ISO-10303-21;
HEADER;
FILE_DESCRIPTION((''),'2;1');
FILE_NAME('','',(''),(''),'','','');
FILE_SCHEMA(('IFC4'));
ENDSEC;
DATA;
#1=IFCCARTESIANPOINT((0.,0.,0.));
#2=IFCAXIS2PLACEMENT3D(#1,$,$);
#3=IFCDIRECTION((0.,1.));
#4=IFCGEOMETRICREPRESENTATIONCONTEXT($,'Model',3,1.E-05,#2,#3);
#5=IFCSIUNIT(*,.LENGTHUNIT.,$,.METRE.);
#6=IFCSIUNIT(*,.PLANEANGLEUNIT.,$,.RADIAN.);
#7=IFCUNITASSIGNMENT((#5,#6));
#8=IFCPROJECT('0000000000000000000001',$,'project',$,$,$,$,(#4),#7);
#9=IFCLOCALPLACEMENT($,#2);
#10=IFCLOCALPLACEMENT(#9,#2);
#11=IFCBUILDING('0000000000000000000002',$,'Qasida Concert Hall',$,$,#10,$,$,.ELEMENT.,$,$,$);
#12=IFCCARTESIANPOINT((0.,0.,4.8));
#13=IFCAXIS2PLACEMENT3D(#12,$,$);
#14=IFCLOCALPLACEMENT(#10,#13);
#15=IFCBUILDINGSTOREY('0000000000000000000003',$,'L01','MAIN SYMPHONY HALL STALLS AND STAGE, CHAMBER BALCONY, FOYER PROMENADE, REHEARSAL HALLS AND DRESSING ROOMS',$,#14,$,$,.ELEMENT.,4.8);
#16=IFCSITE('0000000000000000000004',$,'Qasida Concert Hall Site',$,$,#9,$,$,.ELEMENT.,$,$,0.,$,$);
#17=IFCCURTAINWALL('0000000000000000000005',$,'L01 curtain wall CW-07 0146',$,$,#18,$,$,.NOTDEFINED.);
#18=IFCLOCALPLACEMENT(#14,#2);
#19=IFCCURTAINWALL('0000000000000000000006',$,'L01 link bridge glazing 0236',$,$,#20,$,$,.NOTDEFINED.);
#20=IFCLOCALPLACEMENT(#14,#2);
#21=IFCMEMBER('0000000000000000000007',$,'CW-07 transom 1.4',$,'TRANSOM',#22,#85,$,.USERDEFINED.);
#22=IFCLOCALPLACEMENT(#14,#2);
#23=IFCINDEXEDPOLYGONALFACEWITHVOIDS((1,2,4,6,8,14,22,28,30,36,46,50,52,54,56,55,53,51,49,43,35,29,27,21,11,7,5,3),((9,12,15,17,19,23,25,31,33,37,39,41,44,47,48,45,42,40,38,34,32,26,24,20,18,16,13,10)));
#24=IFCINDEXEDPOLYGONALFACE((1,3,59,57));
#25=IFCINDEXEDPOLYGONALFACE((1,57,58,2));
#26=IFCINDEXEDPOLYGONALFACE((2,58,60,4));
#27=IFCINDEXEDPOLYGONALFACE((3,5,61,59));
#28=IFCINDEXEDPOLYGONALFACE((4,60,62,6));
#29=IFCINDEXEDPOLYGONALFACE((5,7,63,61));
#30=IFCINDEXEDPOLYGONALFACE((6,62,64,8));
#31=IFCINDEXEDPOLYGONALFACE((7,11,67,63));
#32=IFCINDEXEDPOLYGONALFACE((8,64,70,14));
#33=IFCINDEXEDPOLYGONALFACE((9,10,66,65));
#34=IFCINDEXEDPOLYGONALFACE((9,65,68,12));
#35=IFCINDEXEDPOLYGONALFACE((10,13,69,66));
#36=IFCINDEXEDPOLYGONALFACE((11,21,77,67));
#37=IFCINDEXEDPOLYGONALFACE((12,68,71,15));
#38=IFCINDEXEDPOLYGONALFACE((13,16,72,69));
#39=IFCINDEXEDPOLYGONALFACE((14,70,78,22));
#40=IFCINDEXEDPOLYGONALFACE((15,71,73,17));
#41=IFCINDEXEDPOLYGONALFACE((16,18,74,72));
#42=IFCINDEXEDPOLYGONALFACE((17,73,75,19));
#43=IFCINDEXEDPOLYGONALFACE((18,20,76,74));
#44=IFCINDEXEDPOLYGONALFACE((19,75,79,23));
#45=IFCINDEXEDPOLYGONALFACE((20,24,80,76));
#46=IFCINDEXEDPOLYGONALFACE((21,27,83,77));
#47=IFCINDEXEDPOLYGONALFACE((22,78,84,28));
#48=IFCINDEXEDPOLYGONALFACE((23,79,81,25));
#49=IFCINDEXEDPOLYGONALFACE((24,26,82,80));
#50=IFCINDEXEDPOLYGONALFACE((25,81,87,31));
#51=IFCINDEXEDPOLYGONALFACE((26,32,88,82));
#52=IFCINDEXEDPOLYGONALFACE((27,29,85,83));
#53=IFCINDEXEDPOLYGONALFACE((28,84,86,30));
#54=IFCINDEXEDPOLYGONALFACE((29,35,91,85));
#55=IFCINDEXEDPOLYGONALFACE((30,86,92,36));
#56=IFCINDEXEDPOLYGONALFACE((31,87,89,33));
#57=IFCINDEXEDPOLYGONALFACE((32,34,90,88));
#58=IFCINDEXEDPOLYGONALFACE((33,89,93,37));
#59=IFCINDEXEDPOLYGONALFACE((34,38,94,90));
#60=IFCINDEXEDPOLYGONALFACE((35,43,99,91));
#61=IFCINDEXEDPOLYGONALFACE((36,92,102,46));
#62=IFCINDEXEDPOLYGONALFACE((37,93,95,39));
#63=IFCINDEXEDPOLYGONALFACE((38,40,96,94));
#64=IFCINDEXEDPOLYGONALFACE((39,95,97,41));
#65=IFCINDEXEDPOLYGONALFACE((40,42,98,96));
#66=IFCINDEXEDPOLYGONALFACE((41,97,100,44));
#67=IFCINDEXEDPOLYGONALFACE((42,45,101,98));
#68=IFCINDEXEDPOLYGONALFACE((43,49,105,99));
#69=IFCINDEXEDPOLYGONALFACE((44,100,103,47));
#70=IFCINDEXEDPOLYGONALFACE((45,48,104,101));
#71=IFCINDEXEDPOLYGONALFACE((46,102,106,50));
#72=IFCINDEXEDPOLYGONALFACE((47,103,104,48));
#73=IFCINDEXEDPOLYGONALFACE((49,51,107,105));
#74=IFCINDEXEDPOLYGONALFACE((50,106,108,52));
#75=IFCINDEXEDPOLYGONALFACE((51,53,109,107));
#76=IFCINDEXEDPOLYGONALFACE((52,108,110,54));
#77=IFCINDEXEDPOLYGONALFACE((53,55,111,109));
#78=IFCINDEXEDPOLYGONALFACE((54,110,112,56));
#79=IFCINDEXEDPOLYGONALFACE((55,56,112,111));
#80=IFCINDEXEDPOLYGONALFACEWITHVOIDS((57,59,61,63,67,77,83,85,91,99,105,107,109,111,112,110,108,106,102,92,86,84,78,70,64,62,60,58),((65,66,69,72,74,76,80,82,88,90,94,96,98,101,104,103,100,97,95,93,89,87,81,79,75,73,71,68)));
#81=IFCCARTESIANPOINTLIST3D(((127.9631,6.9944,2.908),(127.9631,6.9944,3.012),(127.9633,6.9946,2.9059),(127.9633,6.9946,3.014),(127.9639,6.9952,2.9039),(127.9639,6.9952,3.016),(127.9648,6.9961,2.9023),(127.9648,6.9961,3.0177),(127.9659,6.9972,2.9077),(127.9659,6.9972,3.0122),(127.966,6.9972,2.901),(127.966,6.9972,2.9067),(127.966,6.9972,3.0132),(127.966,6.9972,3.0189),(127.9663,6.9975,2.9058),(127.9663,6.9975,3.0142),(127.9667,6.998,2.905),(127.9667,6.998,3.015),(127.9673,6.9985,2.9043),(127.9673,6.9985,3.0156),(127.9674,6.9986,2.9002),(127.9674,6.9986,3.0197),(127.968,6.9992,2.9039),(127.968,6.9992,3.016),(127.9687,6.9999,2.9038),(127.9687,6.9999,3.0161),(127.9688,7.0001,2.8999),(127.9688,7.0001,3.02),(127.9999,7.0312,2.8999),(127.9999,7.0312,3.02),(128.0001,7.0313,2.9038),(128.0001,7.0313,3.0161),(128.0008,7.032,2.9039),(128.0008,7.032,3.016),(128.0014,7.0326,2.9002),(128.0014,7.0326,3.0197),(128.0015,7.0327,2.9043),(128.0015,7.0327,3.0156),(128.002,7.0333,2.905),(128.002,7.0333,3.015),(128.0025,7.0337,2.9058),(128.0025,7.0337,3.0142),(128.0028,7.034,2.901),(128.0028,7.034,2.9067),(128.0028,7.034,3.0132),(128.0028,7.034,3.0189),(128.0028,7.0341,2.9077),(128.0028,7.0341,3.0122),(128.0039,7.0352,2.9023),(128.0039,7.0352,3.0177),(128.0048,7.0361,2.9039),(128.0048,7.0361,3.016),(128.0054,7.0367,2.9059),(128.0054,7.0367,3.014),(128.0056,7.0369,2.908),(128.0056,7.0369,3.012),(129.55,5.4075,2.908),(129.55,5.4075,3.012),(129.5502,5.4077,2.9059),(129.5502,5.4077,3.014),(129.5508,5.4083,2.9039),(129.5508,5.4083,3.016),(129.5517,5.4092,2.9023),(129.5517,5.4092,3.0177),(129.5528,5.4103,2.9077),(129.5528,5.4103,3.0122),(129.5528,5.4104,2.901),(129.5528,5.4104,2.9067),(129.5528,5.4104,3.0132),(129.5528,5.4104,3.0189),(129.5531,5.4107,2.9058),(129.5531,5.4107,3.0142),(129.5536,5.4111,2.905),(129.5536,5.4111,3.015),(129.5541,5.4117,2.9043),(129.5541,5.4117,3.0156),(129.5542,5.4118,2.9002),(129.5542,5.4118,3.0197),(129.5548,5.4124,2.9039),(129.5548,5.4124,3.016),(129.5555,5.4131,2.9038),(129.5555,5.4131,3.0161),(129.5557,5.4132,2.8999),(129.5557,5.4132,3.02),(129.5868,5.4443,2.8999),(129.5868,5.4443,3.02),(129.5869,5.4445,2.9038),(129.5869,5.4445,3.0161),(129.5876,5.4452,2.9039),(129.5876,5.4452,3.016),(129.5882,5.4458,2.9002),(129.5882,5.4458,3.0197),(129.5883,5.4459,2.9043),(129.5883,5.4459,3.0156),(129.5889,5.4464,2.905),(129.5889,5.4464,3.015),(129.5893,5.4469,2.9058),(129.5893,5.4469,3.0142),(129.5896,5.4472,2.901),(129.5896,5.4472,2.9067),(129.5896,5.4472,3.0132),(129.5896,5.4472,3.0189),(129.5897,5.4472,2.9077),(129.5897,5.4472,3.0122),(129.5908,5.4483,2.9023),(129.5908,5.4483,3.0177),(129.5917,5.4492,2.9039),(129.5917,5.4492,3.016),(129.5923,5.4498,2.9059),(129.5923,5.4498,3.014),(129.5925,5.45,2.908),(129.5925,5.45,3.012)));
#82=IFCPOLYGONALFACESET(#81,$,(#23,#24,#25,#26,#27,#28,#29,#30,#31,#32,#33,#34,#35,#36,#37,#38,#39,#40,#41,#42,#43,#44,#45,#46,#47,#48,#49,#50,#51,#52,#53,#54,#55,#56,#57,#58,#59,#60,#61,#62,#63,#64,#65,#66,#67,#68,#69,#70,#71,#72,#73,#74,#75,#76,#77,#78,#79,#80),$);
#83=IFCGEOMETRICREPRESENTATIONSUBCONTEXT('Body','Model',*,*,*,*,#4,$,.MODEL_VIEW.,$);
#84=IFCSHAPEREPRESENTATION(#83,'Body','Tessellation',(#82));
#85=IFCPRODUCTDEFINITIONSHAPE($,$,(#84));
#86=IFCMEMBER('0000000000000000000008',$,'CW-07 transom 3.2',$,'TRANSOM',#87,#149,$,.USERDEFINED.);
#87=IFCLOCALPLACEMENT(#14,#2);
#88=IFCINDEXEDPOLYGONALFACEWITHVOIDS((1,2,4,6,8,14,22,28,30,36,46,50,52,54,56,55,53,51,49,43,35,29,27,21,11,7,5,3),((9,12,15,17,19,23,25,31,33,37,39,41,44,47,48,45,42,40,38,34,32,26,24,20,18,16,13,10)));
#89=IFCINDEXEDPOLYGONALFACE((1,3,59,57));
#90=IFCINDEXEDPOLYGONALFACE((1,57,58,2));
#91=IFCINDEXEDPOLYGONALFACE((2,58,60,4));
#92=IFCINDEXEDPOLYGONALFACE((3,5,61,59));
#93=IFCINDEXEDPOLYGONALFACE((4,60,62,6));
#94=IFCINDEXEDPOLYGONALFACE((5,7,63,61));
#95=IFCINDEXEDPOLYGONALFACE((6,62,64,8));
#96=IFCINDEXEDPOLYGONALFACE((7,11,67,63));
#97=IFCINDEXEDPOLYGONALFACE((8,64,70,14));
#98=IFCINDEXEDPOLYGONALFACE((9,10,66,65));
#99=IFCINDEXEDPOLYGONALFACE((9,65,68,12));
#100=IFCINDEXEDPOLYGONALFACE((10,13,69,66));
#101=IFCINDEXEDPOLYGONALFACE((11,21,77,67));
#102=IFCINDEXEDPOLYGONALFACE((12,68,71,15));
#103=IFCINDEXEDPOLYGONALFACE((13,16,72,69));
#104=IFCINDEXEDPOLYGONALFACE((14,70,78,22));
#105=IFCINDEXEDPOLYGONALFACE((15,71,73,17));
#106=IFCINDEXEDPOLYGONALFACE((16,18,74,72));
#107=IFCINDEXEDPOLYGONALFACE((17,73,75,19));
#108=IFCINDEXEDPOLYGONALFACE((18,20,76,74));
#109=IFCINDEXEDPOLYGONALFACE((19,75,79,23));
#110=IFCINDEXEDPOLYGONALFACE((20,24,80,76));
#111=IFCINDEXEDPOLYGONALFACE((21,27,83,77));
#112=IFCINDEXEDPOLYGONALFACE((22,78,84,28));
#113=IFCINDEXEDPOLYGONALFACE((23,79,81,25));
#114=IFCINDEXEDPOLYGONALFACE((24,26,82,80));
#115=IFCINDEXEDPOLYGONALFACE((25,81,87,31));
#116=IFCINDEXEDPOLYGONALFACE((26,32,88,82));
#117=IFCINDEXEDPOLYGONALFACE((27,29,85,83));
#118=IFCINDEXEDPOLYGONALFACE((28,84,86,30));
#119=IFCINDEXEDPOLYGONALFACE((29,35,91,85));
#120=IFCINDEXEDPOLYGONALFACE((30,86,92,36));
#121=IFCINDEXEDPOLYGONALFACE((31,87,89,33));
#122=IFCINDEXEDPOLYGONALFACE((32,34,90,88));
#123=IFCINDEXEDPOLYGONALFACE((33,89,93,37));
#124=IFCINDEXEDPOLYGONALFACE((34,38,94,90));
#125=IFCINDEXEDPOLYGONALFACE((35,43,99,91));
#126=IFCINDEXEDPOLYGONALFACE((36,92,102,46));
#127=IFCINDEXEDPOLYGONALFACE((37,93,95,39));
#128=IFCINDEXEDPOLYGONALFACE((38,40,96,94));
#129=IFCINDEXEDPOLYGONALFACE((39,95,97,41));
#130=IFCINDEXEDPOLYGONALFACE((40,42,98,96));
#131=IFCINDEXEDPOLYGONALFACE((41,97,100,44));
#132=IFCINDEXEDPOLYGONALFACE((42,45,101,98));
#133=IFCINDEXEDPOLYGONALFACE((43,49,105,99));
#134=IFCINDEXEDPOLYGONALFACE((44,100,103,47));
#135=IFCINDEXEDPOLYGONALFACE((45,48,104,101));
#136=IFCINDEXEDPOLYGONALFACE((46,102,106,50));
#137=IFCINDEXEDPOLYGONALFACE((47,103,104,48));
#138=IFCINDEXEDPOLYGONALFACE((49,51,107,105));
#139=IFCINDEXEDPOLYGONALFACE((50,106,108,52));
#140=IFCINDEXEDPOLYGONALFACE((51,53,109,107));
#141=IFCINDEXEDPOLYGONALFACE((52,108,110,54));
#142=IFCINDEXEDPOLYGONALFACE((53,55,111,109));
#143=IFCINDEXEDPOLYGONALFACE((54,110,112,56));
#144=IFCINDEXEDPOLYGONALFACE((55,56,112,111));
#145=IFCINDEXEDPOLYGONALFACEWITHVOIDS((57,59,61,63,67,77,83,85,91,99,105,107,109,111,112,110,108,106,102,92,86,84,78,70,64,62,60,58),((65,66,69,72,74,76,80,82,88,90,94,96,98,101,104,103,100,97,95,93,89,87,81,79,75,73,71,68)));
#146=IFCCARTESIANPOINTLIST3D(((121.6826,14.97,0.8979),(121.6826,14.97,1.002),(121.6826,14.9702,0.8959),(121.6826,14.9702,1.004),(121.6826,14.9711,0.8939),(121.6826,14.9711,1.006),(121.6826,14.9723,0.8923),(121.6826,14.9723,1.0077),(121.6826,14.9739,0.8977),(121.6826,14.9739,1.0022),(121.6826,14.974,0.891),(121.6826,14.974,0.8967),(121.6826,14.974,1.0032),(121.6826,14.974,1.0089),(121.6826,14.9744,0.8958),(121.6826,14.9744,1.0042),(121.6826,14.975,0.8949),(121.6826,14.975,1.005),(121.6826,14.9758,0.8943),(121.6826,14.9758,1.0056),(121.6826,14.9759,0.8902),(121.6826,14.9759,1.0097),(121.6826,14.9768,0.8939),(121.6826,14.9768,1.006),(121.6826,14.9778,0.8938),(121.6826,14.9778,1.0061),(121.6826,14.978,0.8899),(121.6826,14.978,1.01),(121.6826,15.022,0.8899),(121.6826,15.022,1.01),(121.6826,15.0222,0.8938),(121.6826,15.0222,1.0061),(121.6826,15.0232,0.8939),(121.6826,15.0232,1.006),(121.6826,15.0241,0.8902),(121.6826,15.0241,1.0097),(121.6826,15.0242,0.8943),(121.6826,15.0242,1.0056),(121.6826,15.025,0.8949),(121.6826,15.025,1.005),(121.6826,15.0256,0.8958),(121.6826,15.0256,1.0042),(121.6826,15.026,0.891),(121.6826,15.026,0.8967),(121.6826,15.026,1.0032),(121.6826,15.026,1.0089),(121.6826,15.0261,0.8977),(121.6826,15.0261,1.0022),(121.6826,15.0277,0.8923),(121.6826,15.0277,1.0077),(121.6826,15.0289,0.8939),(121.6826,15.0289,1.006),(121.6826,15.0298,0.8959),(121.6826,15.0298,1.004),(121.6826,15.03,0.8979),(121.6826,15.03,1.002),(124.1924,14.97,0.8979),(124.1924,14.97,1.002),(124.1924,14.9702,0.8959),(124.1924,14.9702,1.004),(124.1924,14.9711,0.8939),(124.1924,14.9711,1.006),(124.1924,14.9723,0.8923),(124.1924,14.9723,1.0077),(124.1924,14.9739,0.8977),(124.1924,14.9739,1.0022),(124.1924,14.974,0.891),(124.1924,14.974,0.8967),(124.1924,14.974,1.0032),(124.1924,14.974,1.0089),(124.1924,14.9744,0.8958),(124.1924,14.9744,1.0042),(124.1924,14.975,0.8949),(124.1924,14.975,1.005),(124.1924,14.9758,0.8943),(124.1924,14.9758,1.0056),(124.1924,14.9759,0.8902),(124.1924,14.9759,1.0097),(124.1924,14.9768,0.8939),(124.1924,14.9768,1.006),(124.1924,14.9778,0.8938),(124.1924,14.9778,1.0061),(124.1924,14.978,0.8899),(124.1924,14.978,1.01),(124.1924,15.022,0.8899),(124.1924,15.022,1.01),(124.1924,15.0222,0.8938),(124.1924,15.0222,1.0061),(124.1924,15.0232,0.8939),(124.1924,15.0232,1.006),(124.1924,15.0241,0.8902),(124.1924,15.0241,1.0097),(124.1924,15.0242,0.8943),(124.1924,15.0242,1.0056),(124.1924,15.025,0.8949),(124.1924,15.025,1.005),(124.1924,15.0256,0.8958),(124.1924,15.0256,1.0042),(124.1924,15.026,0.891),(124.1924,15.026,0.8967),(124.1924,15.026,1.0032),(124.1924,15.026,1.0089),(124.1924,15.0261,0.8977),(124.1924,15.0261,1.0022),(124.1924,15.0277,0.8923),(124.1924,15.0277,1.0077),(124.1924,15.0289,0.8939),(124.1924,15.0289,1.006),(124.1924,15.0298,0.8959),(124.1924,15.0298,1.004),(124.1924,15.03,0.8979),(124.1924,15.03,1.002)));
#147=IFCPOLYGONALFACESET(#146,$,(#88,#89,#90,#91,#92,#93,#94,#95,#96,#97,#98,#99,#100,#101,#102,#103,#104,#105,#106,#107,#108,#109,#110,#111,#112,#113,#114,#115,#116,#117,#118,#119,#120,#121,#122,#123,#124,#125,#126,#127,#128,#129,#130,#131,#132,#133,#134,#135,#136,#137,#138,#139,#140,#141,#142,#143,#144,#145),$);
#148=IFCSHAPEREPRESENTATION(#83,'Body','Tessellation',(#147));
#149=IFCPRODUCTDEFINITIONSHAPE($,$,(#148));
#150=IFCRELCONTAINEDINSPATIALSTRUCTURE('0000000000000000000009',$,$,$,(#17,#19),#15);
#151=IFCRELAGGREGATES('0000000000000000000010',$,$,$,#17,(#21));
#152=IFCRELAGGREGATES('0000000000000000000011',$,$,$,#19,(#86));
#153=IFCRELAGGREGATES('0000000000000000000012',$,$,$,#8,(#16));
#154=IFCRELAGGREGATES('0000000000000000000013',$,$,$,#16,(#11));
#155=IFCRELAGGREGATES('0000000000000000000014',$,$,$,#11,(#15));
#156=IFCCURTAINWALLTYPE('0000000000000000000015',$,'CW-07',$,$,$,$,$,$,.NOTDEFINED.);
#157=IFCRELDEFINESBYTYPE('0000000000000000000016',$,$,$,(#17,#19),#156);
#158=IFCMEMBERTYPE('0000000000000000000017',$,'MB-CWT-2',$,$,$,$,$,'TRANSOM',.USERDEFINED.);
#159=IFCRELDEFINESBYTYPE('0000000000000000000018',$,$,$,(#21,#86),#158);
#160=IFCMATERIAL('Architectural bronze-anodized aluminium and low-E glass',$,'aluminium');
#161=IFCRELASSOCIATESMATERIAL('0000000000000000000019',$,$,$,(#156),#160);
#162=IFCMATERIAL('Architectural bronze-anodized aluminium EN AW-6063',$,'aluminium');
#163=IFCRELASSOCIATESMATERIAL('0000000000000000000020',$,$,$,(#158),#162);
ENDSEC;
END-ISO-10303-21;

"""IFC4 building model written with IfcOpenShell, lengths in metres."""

from ifc_helpers import new_model, si_unit, direction, frame, origin, origin_2d, place, context, subcontext, project, spatial, hollow_rectangle, extrude, material, material_profile, profile_set, type_object, element, aggregate, save


model = new_model("IFC4")

# Units and contexts
model_context = context("Model", 3, precision=1e-05, world=origin(), true_north=direction((0.0, 1.0)))
body_context = subcontext(model_context, "Body", "Model", "MODEL_VIEW")
ifc_project = project(units=[si_unit("LENGTHUNIT", "METRE"), si_unit("PLANEANGLEUNIT", "RADIAN")], contexts=[model_context])

# Site, building, storey
site_placement = place(None, origin())
site = spatial("IfcSite", under=ifc_project, at=site_placement, Name="Qasida Concert Hall Site", CompositionType="ELEMENT", RefElevation=0.0)
building_placement = place(site_placement, origin())
building = spatial("IfcBuilding", under=site, at=building_placement, Name="Qasida Concert Hall", CompositionType="ELEMENT")
storey_placement = place(building_placement, frame((0.0, 0.0, 4.8)))
storey = spatial("IfcBuildingStorey", under=building, at=storey_placement, Name="L01", Description="MAIN SYMPHONY HALL STALLS AND STAGE, CHAMBER BALCONY, FOYER PROMENADE, REHEARSAL HALLS AND DRESSING ROOMS", CompositionType="ELEMENT", Elevation=4.8)

# Curtain wall
ifc_material_1 = material(Name="Architectural bronze-anodized aluminium and low-E glass", Category="aluminium")
curtain_wall_type = type_object("IfcCurtainWallType", Name="CW-07", PredefinedType="NOTDEFINED", material=ifc_material_1)
curtain_wall_1_placement = place(storey_placement, origin())
curtain_wall_1 = element("IfcCurtainWall", 1, at=curtain_wall_1_placement, inside=storey, type_object=curtain_wall_type, Name="L01 curtain wall CW-07 0146", PredefinedType="NOTDEFINED")
ifc_material_2 = material(Name="Architectural bronze-anodized aluminium EN AW-6063", Category="aluminium")

# Curtain wall
curtain_wall_2_placement = place(storey_placement, origin())
curtain_wall_2 = element("IfcCurtainWall", 2, at=curtain_wall_2_placement, inside=storey, type_object=curtain_wall_type, Name="L01 link bridge glazing 0236", PredefinedType="NOTDEFINED")

# Members
ifc_material_profile_1 = material_profile(ifc_material_2, hollow_rectangle(XDim=0.0601, YDim=0.1201, WallThickness=0.0039, InnerFilletRadius=0.0039, OuterFilletRadius=0.0081, at=origin_2d()), Name="CWT 120x60x4")
ifc_profile_set_1 = profile_set([ifc_material_profile_1], Name="Architectural bronze-anodized aluminium EN AW-6063")
member_type_1 = type_object("IfcMemberType", Name="MB-CWT-2", ElementType="TRANSOM", PredefinedType="USERDEFINED", material=ifc_profile_set_1)
member_1_placement = place(storey_placement, frame((127.9844, 7.0156, 2.96), z_axis=(0.707107, -0.707107, 0.0), x_axis=(0.707107, 0.707107, 0.0)))
member_1 = element("IfcMember", 3, at=member_1_placement, type_object=member_type_1, Name="CW-07 transom 1.4", ObjectType="TRANSOM", PredefinedType="USERDEFINED", context=body_context, shape_type="SweptSolid", body=[
    extrude(hollow_rectangle(XDim=0.0601, YDim=0.1201, WallThickness=0.0039, InnerFilletRadius=0.0039, OuterFilletRadius=0.0081, at=origin_2d()), origin(), (0.0, 0.0, 1.0), 2.2441),
])
aggregate(curtain_wall_1, [member_1])
member_2_placement = place(storey_placement, frame((121.6826, 15.0, 0.95), z_axis=(1.0, 0.0, 0.0), x_axis=(0.0, 1.0, 0.0)))
member_2 = element("IfcMember", 4, at=member_2_placement, type_object=member_type_1, Name="CW-07 transom 3.2", ObjectType="TRANSOM", PredefinedType="USERDEFINED", context=body_context, shape_type="SweptSolid", body=[
    extrude(hollow_rectangle(XDim=0.0601, YDim=0.1201, WallThickness=0.0039, InnerFilletRadius=0.0039, OuterFilletRadius=0.0081, at=origin_2d()), origin(), (0.0, 0.0, 1.0), 2.5098),
])

aggregate(curtain_wall_2, [member_2])

save(model, "model.ifc")
